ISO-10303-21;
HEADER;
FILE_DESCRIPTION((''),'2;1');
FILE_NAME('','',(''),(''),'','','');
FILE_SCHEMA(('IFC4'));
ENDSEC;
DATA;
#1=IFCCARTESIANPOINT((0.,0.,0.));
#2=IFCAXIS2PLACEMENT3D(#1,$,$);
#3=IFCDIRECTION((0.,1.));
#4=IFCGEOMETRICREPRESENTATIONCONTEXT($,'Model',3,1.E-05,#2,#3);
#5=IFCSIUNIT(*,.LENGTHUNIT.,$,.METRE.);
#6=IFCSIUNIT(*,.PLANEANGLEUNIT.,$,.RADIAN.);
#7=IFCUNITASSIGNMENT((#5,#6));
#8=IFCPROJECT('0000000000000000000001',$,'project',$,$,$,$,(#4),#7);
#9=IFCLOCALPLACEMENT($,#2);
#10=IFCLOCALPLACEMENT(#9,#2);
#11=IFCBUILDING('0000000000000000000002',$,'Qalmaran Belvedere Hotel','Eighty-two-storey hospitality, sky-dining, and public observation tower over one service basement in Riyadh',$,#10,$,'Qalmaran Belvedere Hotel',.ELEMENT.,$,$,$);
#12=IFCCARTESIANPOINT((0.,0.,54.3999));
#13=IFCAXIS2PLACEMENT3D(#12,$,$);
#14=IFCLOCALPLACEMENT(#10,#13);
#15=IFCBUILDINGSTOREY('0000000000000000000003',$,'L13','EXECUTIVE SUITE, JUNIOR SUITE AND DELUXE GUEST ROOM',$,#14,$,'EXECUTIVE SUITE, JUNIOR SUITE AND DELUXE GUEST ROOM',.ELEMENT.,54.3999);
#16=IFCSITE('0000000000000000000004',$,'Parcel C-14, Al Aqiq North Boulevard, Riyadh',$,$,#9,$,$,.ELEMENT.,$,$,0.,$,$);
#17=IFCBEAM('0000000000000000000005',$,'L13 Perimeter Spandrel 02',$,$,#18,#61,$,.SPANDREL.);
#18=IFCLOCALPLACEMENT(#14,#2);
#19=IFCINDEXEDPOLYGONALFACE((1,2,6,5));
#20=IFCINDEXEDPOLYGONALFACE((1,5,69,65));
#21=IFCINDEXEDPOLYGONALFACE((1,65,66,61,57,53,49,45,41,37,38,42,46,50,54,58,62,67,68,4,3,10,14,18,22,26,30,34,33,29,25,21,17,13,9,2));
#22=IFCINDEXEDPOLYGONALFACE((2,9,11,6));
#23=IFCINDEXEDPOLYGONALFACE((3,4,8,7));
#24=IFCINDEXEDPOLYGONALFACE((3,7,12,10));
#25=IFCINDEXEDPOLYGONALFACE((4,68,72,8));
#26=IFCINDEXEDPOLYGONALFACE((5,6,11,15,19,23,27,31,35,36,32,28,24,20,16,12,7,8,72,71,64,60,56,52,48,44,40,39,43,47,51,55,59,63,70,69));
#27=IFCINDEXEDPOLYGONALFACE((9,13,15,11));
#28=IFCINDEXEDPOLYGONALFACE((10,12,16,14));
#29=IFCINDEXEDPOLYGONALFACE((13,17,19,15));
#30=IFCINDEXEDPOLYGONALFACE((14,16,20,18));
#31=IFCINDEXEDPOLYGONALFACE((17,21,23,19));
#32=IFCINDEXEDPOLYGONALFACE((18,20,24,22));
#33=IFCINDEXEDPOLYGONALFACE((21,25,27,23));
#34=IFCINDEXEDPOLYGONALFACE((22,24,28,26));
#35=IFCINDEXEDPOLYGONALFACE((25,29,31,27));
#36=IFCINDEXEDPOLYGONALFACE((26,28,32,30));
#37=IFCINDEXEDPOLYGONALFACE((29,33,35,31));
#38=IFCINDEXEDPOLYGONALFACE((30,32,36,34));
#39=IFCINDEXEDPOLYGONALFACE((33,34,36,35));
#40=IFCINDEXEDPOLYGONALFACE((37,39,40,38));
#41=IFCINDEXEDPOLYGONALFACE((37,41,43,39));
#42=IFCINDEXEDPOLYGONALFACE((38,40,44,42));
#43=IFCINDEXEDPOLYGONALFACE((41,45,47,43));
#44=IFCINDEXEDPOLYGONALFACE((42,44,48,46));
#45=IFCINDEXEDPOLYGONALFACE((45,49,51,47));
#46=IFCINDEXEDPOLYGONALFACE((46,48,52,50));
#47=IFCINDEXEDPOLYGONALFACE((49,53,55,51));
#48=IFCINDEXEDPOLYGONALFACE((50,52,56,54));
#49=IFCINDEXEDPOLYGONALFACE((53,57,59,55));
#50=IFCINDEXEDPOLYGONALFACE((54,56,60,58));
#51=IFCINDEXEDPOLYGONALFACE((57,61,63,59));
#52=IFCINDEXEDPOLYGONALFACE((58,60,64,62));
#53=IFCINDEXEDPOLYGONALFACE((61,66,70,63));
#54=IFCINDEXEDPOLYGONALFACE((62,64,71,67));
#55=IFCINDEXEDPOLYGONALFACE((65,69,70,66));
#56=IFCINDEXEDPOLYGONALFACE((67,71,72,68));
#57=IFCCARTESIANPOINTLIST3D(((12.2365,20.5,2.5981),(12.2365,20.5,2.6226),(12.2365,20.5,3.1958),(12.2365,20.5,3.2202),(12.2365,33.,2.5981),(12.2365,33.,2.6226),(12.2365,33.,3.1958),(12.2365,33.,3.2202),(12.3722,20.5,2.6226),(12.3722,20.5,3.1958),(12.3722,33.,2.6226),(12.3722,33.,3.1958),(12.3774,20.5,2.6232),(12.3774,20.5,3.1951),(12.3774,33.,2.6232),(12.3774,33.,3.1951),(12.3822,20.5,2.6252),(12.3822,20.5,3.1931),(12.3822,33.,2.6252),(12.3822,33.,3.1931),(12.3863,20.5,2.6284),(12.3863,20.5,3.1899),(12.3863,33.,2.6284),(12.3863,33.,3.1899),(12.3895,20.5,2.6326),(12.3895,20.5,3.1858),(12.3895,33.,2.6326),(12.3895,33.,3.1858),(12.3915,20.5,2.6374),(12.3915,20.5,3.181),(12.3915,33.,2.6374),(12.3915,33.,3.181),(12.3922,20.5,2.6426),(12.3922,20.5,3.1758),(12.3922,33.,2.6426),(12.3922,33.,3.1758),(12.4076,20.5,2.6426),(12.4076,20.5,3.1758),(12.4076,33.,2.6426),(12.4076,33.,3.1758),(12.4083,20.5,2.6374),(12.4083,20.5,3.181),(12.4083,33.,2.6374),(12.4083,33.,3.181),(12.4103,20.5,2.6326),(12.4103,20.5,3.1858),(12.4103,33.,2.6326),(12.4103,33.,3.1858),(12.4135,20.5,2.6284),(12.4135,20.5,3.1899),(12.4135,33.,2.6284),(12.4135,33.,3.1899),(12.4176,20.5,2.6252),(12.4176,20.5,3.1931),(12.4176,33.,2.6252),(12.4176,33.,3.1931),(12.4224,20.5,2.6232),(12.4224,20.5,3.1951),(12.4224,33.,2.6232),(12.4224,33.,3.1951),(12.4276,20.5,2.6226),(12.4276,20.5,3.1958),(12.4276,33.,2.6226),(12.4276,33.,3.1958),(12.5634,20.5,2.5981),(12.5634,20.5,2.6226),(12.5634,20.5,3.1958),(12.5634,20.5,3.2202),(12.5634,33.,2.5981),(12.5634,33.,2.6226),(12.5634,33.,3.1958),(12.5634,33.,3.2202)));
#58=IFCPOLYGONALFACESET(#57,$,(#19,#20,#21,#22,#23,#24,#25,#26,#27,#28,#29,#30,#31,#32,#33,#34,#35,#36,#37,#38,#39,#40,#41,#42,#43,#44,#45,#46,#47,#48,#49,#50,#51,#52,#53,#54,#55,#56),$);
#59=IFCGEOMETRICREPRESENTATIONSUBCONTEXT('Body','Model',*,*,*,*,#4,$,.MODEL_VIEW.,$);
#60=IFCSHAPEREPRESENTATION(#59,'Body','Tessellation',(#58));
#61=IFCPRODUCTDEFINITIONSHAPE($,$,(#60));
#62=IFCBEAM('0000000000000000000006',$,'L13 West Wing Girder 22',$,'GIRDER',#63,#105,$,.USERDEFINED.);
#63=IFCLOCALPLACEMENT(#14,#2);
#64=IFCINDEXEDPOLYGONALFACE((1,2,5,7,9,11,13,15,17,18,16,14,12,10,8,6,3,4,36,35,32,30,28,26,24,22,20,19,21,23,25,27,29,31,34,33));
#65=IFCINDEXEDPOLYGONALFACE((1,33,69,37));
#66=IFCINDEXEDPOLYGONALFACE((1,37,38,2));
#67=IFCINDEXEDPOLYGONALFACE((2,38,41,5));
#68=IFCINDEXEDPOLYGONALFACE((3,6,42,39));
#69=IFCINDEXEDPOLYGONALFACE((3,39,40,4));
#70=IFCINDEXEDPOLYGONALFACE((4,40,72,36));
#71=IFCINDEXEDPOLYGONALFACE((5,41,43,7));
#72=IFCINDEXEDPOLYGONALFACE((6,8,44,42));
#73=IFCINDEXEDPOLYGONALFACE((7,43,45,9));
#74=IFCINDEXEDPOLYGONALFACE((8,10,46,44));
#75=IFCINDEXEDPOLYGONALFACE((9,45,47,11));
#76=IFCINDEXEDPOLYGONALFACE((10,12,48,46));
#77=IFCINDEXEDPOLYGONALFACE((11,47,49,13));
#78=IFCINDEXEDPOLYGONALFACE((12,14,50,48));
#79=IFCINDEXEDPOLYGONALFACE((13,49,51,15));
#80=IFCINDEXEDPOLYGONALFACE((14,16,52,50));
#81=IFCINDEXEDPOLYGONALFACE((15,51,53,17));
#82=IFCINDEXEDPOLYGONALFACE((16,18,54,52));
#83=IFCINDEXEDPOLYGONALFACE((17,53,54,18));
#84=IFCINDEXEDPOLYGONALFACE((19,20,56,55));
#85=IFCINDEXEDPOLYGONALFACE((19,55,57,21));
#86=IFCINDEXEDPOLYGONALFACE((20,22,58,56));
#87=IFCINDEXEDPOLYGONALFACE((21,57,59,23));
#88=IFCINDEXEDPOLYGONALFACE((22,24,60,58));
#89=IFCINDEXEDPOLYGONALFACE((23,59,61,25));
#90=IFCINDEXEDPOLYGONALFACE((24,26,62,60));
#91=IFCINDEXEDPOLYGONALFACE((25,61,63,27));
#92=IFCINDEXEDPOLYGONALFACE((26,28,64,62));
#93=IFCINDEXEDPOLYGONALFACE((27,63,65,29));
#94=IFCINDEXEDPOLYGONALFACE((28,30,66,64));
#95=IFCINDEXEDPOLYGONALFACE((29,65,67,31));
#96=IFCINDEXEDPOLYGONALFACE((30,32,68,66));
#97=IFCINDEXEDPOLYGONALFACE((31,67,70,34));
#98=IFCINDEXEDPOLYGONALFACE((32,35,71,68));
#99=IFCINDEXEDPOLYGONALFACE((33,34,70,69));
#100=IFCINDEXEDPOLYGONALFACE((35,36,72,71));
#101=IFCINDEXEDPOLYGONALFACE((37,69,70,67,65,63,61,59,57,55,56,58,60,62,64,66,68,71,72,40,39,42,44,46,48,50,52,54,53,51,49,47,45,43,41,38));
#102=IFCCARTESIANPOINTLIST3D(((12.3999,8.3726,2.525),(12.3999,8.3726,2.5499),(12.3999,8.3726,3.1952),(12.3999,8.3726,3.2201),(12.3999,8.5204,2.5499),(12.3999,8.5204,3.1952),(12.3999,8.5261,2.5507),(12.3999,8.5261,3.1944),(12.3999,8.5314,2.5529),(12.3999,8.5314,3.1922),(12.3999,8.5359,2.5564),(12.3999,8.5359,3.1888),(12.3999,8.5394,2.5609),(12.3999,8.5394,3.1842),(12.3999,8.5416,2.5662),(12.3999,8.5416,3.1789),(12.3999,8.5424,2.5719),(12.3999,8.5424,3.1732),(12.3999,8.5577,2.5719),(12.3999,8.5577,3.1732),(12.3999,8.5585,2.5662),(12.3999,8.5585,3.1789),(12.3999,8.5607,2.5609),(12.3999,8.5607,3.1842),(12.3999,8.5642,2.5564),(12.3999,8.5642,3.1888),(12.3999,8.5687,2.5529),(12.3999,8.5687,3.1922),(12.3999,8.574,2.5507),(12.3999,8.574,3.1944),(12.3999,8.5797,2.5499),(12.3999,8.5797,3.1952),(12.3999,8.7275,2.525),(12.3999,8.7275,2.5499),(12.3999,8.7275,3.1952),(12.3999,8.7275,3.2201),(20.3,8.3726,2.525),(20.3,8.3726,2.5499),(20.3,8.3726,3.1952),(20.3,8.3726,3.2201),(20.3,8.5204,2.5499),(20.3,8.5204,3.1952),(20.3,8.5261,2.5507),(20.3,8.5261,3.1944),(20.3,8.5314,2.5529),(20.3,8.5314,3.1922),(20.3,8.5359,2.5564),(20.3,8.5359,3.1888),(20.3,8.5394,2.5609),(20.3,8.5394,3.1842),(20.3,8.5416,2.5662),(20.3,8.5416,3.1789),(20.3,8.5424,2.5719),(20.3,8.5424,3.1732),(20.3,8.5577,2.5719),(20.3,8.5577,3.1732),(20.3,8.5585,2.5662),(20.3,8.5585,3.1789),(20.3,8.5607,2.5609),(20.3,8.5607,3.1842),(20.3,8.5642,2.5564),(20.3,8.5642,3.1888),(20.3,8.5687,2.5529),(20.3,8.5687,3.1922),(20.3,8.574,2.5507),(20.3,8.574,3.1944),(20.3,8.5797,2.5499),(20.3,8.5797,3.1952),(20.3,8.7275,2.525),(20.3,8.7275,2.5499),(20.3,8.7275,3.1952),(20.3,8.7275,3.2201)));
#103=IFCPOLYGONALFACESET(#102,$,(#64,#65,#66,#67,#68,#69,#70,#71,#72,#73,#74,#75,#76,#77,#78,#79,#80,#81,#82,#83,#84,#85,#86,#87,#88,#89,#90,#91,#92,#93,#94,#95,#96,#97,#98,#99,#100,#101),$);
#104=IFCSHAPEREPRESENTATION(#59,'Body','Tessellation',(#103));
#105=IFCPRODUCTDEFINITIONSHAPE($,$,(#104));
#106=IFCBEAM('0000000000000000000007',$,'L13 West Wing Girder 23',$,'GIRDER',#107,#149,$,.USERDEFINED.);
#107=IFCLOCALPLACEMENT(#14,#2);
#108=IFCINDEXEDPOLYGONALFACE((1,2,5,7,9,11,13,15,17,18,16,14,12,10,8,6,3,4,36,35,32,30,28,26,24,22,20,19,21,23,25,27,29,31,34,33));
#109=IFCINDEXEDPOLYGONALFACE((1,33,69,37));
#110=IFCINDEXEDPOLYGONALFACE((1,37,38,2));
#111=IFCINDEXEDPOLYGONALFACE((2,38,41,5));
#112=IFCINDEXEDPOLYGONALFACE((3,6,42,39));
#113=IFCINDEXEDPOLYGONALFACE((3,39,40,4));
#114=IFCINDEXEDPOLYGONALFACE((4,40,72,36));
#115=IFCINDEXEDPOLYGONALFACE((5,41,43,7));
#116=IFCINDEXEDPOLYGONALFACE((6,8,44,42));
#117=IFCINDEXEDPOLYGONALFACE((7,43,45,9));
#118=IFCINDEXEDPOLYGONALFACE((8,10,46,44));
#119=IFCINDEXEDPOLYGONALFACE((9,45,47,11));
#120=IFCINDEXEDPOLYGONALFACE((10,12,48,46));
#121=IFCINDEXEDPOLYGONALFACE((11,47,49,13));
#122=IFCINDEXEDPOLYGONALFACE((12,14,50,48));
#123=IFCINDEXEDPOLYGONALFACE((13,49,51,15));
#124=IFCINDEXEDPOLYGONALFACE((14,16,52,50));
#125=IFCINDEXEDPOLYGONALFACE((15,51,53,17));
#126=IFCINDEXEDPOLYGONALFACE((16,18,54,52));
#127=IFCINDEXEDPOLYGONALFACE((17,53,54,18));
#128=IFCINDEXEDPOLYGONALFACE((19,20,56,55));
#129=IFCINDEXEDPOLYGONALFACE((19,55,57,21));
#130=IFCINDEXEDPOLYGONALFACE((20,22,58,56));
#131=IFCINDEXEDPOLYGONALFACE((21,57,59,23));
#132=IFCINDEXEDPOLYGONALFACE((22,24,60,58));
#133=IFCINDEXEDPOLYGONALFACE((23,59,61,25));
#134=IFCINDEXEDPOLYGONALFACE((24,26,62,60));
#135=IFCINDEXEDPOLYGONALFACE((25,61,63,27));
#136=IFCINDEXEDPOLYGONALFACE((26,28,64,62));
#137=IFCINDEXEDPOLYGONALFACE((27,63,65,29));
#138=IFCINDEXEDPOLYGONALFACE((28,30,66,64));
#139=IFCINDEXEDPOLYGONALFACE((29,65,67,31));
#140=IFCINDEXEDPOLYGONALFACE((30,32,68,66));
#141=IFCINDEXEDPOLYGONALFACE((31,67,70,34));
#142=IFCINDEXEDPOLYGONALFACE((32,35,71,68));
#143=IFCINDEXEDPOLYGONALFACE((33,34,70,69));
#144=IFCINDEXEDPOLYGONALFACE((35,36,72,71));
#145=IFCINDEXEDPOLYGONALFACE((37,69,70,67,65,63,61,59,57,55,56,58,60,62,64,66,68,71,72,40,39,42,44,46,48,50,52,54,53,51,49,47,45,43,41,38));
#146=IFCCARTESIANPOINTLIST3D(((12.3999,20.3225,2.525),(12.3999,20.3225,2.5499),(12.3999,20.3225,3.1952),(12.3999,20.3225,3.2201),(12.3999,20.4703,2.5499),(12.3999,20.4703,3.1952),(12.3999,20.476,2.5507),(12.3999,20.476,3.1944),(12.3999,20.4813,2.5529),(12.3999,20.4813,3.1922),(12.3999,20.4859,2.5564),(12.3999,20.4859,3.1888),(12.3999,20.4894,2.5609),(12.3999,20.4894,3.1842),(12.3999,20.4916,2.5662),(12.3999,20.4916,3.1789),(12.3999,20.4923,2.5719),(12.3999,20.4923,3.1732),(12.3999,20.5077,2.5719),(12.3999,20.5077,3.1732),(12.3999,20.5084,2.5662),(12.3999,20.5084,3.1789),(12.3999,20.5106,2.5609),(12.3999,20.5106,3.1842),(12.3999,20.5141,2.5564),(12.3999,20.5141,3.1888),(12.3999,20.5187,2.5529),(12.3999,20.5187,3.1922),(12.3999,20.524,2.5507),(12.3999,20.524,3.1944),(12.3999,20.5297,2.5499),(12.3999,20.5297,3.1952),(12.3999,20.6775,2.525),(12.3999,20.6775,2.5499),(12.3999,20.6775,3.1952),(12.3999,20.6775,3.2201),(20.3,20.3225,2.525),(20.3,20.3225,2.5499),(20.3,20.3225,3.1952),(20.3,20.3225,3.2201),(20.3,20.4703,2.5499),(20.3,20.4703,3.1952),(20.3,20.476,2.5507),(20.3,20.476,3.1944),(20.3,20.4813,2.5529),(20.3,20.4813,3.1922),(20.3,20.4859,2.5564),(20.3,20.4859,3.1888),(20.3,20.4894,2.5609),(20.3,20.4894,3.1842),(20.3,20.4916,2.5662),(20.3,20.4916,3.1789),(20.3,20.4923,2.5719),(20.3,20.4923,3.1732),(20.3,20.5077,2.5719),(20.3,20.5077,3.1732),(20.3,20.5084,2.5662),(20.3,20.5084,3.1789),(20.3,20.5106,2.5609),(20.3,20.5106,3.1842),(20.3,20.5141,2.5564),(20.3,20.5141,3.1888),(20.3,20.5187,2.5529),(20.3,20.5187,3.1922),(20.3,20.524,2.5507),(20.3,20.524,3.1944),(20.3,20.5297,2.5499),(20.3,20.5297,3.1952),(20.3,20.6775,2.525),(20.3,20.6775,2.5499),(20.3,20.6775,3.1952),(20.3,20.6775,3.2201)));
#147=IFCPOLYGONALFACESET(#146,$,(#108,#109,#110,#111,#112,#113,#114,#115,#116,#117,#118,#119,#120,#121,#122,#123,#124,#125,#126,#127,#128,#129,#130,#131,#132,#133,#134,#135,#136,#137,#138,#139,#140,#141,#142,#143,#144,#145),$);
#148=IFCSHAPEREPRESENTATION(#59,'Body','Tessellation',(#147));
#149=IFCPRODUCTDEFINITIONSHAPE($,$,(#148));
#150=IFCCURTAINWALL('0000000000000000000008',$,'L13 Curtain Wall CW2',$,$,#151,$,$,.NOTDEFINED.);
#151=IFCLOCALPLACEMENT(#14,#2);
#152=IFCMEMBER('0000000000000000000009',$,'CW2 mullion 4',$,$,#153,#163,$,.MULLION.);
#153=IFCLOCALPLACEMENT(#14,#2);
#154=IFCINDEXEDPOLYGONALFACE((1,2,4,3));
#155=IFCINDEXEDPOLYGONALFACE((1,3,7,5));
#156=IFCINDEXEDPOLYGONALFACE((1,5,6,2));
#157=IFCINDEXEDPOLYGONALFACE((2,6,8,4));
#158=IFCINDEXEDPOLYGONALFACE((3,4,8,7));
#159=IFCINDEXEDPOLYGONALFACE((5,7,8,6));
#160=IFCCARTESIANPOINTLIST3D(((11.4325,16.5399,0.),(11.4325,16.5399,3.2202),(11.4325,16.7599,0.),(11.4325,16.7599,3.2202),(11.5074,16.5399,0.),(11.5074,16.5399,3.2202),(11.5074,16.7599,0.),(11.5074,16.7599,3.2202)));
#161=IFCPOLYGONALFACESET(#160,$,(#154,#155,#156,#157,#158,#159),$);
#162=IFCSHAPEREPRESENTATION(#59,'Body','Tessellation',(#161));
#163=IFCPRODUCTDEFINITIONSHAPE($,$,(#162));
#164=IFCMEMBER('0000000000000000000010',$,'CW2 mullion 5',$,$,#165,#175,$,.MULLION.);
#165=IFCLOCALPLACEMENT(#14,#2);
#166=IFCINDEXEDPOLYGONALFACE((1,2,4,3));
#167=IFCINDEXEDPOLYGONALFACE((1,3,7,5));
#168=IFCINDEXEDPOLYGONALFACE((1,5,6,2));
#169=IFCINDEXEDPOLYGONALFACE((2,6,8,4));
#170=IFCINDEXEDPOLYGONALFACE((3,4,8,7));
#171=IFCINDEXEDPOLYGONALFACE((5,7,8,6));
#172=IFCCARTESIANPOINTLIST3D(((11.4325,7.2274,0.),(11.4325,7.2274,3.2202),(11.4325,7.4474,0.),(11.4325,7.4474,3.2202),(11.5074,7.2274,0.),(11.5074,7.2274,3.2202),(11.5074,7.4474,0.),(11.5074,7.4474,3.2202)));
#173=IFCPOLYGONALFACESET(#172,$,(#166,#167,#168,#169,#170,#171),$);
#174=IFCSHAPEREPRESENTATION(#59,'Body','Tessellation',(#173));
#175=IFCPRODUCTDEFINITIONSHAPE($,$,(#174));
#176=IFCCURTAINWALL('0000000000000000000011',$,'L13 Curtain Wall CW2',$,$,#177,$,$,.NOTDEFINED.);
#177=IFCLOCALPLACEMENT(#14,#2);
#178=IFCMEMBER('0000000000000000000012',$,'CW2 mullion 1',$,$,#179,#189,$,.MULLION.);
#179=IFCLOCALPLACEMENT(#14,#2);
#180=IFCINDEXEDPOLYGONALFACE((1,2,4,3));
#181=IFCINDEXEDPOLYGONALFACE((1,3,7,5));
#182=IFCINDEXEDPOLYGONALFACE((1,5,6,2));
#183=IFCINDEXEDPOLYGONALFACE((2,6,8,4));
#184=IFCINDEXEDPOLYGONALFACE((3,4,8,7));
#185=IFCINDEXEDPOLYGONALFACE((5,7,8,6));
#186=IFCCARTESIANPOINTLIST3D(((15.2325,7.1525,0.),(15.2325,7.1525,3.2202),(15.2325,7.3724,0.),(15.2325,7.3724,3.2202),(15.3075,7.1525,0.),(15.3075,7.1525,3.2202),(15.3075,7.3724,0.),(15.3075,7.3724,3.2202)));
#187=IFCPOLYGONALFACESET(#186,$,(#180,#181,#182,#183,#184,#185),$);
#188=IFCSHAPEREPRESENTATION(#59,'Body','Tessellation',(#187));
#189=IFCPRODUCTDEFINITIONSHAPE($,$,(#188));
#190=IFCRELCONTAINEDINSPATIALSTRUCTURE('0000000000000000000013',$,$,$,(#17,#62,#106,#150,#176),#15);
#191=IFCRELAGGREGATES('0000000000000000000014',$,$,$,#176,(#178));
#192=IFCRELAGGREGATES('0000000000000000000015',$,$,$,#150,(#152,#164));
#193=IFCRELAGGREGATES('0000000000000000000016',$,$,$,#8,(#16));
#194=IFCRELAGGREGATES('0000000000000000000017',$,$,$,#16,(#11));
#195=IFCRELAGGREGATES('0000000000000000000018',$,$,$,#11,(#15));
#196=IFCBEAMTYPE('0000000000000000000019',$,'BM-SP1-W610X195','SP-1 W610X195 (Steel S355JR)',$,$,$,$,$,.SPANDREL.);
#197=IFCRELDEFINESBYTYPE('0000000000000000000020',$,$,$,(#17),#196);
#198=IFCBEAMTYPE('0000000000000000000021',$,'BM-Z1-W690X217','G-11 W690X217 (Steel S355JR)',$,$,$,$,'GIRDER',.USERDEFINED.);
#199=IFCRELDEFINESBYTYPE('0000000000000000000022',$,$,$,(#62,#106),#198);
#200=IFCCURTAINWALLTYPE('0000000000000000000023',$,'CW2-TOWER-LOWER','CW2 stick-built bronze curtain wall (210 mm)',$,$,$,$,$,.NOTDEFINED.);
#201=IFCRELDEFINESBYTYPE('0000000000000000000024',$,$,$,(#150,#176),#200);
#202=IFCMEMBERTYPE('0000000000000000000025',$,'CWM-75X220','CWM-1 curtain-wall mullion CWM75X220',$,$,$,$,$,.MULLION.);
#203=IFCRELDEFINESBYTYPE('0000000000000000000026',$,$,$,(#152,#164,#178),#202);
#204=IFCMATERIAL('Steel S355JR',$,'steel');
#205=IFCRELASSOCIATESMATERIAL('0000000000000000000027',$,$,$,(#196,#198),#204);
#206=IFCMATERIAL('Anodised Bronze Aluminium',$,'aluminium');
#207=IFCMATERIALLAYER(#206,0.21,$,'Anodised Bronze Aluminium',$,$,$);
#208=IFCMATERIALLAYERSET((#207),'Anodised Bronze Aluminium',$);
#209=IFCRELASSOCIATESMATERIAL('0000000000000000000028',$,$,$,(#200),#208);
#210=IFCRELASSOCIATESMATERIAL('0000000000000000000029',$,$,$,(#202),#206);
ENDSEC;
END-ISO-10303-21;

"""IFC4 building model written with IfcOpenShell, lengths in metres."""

from ifc_helpers import new_model, si_unit, direction, frame, origin, origin_2d, place, context, subcontext, project, spatial, rectangle, i_section, extrude, material, layer, layer_set, material_profile, profile_set, type_object, element, aggregate, save


model = new_model("IFC4")

# Units and contexts
model_context = context("Model", 3, precision=1e-05, world=origin(), true_north=direction((0.0, 1.0)))
body_context = subcontext(model_context, "Body", "Model", "MODEL_VIEW")
ifc_project = project(units=[si_unit("LENGTHUNIT", "METRE"), si_unit("PLANEANGLEUNIT", "RADIAN")], contexts=[model_context])

# Site, building, storey
site_placement = place(None, origin())
site = spatial("IfcSite", under=ifc_project, at=site_placement, Name="Parcel C-14, Al Aqiq North Boulevard, Riyadh", CompositionType="ELEMENT", RefElevation=0.0)
building_placement = place(site_placement, origin())
building = spatial("IfcBuilding", under=site, at=building_placement, Name="Qalmaran Belvedere Hotel", Description="Eighty-two-storey hospitality, sky-dining, and public observation tower over one service basement in Riyadh", LongName="Qalmaran Belvedere Hotel", CompositionType="ELEMENT")
storey_placement = place(building_placement, frame((0.0, 0.0, 54.3999)))
storey = spatial("IfcBuildingStorey", under=building, at=storey_placement, Name="L13", Description="EXECUTIVE SUITE, JUNIOR SUITE AND DELUXE GUEST ROOM", LongName="EXECUTIVE SUITE, JUNIOR SUITE AND DELUXE GUEST ROOM", CompositionType="ELEMENT", Elevation=54.3999)

# Beams
ifc_material_1 = material(Name="Steel S355JR", Category="steel")
ifc_material_profile_1 = material_profile(ifc_material_1, i_section(OverallWidth=0.3269, OverallDepth=0.6221, WebThickness=0.0154, FlangeThickness=0.0244, FilletRadius=0.02, at=origin_2d()), Name="W610X195")
ifc_profile_set_1 = profile_set([ifc_material_profile_1], Name="Steel S355JR")
beam_type_1 = type_object("IfcBeamType", Name="BM-SP1-W610X195", Description="SP-1 W610X195 (Steel S355JR)", PredefinedType="SPANDREL", material=ifc_profile_set_1)
beam_1_placement = place(storey_placement, frame((12.3999, 20.5, 2.9092), z_axis=(0.0, 1.0, 0.0), x_axis=(-1.0, 0.0, 0.0)))
element("IfcBeam", 1, at=beam_1_placement, inside=storey, type_object=beam_type_1, Name="L13 Perimeter Spandrel 02", PredefinedType="SPANDREL", context=body_context, shape_type="SweptSolid", body=[
    extrude(i_section(OverallWidth=0.3269, OverallDepth=0.6221, WebThickness=0.0154, FlangeThickness=0.0244, FilletRadius=0.02, at=origin_2d()), origin(), (0.0, 0.0, 1.0), 12.5),
])
ifc_material_profile_2 = material_profile(ifc_material_1, i_section(OverallWidth=0.355, OverallDepth=0.6951, WebThickness=0.0154, FlangeThickness=0.0249, FilletRadius=0.022, at=origin_2d()), Name="W690X217")
ifc_profile_set_2 = profile_set([ifc_material_profile_2], Name="Steel S355JR")
beam_type_2 = type_object("IfcBeamType", Name="BM-Z1-W690X217", Description="G-11 W690X217 (Steel S355JR)", ElementType="GIRDER", PredefinedType="USERDEFINED", material=ifc_profile_set_2)
for number, where, z_axis, x_axis, name in (
    (2, (12.3999, 8.55, 2.8726), (1.0, 0.0, 0.0), (0.0, 1.0, 0.0), "L13 West Wing Girder 22"),
    (3, (12.3999, 20.5, 2.8726), (1.0, 0.0, 0.0), (0.0, 1.0, 0.0), "L13 West Wing Girder 23"),
):
    element("IfcBeam", number, at=place(storey_placement, frame(where, z_axis=z_axis, x_axis=x_axis)), inside=storey, type_object=beam_type_2, Name=name, ObjectType="GIRDER", PredefinedType="USERDEFINED", context=body_context, shape_type="SweptSolid", body=[
        extrude(i_section(OverallWidth=0.355, OverallDepth=0.6951, WebThickness=0.0154, FlangeThickness=0.0249, FilletRadius=0.022, at=origin_2d()), origin(), (0.0, 0.0, 1.0), 7.9001),
    ])

# Curtain wall, members
ifc_material_2 = material(Name="Anodised Bronze Aluminium", Category="aluminium")
ifc_layer_1 = layer(ifc_material_2, 0.21, Name="Anodised Bronze Aluminium")
ifc_layer_set_1 = layer_set([ifc_layer_1], Name="Anodised Bronze Aluminium")
curtain_wall_type = type_object("IfcCurtainWallType", Name="CW2-TOWER-LOWER", Description="CW2 stick-built bronze curtain wall (210 mm)", PredefinedType="NOTDEFINED", material=ifc_layer_set_1)
curtain_wall_1_placement = place(storey_placement, origin())
curtain_wall_1 = element("IfcCurtainWall", 4, at=curtain_wall_1_placement, inside=storey, type_object=curtain_wall_type, Name="L13 Curtain Wall CW2", PredefinedType="NOTDEFINED")
ifc_material_profile_3 = material_profile(ifc_material_2, rectangle(XDim=0.075, YDim=0.22, at=origin_2d()), Name="CWM75X220")
ifc_profile_set_3 = profile_set([ifc_material_profile_3], Name="Anodised Bronze Aluminium")
member_type_1 = type_object("IfcMemberType", Name="CWM-75X220", Description="CWM-1 curtain-wall mullion CWM75X220", PredefinedType="MULLION", material=ifc_profile_set_3)
member_1_placement = place(storey_placement, frame((11.47, 16.6499, 0.0), z_axis=(0.0, 0.0, 1.0), x_axis=(1.0, 0.0, 0.0)))
member_1 = element("IfcMember", 5, at=member_1_placement, type_object=member_type_1, Name="CW2 mullion 4", PredefinedType="MULLION", context=body_context, shape_type="SweptSolid", body=[
    extrude(rectangle(XDim=0.075, YDim=0.22, at=origin_2d()), origin(), (0.0, 0.0, 1.0), 3.2202),
])
member_2_placement = place(storey_placement, frame((11.47, 7.3374, 0.0), z_axis=(0.0, 0.0, 1.0), x_axis=(1.0, 0.0, 0.0)))
member_2 = element("IfcMember", 6, at=member_2_placement, type_object=member_type_1, Name="CW2 mullion 5", PredefinedType="MULLION", context=body_context, shape_type="SweptSolid", body=[
    extrude(rectangle(XDim=0.075, YDim=0.22, at=origin_2d()), origin(), (0.0, 0.0, 1.0), 3.2202),
])

# Curtain wall, member
curtain_wall_2_placement = place(storey_placement, origin())
curtain_wall_2 = element("IfcCurtainWall", 7, at=curtain_wall_2_placement, inside=storey, type_object=curtain_wall_type, Name="L13 Curtain Wall CW2", PredefinedType="NOTDEFINED")
member_3_placement = place(storey_placement, frame((15.27, 7.2625, 0.0), z_axis=(0.0, 0.0, 1.0), x_axis=(1.0, 0.0, 0.0)))
member_3 = element("IfcMember", 8, at=member_3_placement, type_object=member_type_1, Name="CW2 mullion 1", PredefinedType="MULLION", context=body_context, shape_type="SweptSolid", body=[
    extrude(rectangle(XDim=0.075, YDim=0.22, at=origin_2d()), origin(), (0.0, 0.0, 1.0), 3.2202),
])

aggregate(curtain_wall_2, [member_3])

aggregate(curtain_wall_1, [member_1, member_2])

save(model, "model.ifc")
